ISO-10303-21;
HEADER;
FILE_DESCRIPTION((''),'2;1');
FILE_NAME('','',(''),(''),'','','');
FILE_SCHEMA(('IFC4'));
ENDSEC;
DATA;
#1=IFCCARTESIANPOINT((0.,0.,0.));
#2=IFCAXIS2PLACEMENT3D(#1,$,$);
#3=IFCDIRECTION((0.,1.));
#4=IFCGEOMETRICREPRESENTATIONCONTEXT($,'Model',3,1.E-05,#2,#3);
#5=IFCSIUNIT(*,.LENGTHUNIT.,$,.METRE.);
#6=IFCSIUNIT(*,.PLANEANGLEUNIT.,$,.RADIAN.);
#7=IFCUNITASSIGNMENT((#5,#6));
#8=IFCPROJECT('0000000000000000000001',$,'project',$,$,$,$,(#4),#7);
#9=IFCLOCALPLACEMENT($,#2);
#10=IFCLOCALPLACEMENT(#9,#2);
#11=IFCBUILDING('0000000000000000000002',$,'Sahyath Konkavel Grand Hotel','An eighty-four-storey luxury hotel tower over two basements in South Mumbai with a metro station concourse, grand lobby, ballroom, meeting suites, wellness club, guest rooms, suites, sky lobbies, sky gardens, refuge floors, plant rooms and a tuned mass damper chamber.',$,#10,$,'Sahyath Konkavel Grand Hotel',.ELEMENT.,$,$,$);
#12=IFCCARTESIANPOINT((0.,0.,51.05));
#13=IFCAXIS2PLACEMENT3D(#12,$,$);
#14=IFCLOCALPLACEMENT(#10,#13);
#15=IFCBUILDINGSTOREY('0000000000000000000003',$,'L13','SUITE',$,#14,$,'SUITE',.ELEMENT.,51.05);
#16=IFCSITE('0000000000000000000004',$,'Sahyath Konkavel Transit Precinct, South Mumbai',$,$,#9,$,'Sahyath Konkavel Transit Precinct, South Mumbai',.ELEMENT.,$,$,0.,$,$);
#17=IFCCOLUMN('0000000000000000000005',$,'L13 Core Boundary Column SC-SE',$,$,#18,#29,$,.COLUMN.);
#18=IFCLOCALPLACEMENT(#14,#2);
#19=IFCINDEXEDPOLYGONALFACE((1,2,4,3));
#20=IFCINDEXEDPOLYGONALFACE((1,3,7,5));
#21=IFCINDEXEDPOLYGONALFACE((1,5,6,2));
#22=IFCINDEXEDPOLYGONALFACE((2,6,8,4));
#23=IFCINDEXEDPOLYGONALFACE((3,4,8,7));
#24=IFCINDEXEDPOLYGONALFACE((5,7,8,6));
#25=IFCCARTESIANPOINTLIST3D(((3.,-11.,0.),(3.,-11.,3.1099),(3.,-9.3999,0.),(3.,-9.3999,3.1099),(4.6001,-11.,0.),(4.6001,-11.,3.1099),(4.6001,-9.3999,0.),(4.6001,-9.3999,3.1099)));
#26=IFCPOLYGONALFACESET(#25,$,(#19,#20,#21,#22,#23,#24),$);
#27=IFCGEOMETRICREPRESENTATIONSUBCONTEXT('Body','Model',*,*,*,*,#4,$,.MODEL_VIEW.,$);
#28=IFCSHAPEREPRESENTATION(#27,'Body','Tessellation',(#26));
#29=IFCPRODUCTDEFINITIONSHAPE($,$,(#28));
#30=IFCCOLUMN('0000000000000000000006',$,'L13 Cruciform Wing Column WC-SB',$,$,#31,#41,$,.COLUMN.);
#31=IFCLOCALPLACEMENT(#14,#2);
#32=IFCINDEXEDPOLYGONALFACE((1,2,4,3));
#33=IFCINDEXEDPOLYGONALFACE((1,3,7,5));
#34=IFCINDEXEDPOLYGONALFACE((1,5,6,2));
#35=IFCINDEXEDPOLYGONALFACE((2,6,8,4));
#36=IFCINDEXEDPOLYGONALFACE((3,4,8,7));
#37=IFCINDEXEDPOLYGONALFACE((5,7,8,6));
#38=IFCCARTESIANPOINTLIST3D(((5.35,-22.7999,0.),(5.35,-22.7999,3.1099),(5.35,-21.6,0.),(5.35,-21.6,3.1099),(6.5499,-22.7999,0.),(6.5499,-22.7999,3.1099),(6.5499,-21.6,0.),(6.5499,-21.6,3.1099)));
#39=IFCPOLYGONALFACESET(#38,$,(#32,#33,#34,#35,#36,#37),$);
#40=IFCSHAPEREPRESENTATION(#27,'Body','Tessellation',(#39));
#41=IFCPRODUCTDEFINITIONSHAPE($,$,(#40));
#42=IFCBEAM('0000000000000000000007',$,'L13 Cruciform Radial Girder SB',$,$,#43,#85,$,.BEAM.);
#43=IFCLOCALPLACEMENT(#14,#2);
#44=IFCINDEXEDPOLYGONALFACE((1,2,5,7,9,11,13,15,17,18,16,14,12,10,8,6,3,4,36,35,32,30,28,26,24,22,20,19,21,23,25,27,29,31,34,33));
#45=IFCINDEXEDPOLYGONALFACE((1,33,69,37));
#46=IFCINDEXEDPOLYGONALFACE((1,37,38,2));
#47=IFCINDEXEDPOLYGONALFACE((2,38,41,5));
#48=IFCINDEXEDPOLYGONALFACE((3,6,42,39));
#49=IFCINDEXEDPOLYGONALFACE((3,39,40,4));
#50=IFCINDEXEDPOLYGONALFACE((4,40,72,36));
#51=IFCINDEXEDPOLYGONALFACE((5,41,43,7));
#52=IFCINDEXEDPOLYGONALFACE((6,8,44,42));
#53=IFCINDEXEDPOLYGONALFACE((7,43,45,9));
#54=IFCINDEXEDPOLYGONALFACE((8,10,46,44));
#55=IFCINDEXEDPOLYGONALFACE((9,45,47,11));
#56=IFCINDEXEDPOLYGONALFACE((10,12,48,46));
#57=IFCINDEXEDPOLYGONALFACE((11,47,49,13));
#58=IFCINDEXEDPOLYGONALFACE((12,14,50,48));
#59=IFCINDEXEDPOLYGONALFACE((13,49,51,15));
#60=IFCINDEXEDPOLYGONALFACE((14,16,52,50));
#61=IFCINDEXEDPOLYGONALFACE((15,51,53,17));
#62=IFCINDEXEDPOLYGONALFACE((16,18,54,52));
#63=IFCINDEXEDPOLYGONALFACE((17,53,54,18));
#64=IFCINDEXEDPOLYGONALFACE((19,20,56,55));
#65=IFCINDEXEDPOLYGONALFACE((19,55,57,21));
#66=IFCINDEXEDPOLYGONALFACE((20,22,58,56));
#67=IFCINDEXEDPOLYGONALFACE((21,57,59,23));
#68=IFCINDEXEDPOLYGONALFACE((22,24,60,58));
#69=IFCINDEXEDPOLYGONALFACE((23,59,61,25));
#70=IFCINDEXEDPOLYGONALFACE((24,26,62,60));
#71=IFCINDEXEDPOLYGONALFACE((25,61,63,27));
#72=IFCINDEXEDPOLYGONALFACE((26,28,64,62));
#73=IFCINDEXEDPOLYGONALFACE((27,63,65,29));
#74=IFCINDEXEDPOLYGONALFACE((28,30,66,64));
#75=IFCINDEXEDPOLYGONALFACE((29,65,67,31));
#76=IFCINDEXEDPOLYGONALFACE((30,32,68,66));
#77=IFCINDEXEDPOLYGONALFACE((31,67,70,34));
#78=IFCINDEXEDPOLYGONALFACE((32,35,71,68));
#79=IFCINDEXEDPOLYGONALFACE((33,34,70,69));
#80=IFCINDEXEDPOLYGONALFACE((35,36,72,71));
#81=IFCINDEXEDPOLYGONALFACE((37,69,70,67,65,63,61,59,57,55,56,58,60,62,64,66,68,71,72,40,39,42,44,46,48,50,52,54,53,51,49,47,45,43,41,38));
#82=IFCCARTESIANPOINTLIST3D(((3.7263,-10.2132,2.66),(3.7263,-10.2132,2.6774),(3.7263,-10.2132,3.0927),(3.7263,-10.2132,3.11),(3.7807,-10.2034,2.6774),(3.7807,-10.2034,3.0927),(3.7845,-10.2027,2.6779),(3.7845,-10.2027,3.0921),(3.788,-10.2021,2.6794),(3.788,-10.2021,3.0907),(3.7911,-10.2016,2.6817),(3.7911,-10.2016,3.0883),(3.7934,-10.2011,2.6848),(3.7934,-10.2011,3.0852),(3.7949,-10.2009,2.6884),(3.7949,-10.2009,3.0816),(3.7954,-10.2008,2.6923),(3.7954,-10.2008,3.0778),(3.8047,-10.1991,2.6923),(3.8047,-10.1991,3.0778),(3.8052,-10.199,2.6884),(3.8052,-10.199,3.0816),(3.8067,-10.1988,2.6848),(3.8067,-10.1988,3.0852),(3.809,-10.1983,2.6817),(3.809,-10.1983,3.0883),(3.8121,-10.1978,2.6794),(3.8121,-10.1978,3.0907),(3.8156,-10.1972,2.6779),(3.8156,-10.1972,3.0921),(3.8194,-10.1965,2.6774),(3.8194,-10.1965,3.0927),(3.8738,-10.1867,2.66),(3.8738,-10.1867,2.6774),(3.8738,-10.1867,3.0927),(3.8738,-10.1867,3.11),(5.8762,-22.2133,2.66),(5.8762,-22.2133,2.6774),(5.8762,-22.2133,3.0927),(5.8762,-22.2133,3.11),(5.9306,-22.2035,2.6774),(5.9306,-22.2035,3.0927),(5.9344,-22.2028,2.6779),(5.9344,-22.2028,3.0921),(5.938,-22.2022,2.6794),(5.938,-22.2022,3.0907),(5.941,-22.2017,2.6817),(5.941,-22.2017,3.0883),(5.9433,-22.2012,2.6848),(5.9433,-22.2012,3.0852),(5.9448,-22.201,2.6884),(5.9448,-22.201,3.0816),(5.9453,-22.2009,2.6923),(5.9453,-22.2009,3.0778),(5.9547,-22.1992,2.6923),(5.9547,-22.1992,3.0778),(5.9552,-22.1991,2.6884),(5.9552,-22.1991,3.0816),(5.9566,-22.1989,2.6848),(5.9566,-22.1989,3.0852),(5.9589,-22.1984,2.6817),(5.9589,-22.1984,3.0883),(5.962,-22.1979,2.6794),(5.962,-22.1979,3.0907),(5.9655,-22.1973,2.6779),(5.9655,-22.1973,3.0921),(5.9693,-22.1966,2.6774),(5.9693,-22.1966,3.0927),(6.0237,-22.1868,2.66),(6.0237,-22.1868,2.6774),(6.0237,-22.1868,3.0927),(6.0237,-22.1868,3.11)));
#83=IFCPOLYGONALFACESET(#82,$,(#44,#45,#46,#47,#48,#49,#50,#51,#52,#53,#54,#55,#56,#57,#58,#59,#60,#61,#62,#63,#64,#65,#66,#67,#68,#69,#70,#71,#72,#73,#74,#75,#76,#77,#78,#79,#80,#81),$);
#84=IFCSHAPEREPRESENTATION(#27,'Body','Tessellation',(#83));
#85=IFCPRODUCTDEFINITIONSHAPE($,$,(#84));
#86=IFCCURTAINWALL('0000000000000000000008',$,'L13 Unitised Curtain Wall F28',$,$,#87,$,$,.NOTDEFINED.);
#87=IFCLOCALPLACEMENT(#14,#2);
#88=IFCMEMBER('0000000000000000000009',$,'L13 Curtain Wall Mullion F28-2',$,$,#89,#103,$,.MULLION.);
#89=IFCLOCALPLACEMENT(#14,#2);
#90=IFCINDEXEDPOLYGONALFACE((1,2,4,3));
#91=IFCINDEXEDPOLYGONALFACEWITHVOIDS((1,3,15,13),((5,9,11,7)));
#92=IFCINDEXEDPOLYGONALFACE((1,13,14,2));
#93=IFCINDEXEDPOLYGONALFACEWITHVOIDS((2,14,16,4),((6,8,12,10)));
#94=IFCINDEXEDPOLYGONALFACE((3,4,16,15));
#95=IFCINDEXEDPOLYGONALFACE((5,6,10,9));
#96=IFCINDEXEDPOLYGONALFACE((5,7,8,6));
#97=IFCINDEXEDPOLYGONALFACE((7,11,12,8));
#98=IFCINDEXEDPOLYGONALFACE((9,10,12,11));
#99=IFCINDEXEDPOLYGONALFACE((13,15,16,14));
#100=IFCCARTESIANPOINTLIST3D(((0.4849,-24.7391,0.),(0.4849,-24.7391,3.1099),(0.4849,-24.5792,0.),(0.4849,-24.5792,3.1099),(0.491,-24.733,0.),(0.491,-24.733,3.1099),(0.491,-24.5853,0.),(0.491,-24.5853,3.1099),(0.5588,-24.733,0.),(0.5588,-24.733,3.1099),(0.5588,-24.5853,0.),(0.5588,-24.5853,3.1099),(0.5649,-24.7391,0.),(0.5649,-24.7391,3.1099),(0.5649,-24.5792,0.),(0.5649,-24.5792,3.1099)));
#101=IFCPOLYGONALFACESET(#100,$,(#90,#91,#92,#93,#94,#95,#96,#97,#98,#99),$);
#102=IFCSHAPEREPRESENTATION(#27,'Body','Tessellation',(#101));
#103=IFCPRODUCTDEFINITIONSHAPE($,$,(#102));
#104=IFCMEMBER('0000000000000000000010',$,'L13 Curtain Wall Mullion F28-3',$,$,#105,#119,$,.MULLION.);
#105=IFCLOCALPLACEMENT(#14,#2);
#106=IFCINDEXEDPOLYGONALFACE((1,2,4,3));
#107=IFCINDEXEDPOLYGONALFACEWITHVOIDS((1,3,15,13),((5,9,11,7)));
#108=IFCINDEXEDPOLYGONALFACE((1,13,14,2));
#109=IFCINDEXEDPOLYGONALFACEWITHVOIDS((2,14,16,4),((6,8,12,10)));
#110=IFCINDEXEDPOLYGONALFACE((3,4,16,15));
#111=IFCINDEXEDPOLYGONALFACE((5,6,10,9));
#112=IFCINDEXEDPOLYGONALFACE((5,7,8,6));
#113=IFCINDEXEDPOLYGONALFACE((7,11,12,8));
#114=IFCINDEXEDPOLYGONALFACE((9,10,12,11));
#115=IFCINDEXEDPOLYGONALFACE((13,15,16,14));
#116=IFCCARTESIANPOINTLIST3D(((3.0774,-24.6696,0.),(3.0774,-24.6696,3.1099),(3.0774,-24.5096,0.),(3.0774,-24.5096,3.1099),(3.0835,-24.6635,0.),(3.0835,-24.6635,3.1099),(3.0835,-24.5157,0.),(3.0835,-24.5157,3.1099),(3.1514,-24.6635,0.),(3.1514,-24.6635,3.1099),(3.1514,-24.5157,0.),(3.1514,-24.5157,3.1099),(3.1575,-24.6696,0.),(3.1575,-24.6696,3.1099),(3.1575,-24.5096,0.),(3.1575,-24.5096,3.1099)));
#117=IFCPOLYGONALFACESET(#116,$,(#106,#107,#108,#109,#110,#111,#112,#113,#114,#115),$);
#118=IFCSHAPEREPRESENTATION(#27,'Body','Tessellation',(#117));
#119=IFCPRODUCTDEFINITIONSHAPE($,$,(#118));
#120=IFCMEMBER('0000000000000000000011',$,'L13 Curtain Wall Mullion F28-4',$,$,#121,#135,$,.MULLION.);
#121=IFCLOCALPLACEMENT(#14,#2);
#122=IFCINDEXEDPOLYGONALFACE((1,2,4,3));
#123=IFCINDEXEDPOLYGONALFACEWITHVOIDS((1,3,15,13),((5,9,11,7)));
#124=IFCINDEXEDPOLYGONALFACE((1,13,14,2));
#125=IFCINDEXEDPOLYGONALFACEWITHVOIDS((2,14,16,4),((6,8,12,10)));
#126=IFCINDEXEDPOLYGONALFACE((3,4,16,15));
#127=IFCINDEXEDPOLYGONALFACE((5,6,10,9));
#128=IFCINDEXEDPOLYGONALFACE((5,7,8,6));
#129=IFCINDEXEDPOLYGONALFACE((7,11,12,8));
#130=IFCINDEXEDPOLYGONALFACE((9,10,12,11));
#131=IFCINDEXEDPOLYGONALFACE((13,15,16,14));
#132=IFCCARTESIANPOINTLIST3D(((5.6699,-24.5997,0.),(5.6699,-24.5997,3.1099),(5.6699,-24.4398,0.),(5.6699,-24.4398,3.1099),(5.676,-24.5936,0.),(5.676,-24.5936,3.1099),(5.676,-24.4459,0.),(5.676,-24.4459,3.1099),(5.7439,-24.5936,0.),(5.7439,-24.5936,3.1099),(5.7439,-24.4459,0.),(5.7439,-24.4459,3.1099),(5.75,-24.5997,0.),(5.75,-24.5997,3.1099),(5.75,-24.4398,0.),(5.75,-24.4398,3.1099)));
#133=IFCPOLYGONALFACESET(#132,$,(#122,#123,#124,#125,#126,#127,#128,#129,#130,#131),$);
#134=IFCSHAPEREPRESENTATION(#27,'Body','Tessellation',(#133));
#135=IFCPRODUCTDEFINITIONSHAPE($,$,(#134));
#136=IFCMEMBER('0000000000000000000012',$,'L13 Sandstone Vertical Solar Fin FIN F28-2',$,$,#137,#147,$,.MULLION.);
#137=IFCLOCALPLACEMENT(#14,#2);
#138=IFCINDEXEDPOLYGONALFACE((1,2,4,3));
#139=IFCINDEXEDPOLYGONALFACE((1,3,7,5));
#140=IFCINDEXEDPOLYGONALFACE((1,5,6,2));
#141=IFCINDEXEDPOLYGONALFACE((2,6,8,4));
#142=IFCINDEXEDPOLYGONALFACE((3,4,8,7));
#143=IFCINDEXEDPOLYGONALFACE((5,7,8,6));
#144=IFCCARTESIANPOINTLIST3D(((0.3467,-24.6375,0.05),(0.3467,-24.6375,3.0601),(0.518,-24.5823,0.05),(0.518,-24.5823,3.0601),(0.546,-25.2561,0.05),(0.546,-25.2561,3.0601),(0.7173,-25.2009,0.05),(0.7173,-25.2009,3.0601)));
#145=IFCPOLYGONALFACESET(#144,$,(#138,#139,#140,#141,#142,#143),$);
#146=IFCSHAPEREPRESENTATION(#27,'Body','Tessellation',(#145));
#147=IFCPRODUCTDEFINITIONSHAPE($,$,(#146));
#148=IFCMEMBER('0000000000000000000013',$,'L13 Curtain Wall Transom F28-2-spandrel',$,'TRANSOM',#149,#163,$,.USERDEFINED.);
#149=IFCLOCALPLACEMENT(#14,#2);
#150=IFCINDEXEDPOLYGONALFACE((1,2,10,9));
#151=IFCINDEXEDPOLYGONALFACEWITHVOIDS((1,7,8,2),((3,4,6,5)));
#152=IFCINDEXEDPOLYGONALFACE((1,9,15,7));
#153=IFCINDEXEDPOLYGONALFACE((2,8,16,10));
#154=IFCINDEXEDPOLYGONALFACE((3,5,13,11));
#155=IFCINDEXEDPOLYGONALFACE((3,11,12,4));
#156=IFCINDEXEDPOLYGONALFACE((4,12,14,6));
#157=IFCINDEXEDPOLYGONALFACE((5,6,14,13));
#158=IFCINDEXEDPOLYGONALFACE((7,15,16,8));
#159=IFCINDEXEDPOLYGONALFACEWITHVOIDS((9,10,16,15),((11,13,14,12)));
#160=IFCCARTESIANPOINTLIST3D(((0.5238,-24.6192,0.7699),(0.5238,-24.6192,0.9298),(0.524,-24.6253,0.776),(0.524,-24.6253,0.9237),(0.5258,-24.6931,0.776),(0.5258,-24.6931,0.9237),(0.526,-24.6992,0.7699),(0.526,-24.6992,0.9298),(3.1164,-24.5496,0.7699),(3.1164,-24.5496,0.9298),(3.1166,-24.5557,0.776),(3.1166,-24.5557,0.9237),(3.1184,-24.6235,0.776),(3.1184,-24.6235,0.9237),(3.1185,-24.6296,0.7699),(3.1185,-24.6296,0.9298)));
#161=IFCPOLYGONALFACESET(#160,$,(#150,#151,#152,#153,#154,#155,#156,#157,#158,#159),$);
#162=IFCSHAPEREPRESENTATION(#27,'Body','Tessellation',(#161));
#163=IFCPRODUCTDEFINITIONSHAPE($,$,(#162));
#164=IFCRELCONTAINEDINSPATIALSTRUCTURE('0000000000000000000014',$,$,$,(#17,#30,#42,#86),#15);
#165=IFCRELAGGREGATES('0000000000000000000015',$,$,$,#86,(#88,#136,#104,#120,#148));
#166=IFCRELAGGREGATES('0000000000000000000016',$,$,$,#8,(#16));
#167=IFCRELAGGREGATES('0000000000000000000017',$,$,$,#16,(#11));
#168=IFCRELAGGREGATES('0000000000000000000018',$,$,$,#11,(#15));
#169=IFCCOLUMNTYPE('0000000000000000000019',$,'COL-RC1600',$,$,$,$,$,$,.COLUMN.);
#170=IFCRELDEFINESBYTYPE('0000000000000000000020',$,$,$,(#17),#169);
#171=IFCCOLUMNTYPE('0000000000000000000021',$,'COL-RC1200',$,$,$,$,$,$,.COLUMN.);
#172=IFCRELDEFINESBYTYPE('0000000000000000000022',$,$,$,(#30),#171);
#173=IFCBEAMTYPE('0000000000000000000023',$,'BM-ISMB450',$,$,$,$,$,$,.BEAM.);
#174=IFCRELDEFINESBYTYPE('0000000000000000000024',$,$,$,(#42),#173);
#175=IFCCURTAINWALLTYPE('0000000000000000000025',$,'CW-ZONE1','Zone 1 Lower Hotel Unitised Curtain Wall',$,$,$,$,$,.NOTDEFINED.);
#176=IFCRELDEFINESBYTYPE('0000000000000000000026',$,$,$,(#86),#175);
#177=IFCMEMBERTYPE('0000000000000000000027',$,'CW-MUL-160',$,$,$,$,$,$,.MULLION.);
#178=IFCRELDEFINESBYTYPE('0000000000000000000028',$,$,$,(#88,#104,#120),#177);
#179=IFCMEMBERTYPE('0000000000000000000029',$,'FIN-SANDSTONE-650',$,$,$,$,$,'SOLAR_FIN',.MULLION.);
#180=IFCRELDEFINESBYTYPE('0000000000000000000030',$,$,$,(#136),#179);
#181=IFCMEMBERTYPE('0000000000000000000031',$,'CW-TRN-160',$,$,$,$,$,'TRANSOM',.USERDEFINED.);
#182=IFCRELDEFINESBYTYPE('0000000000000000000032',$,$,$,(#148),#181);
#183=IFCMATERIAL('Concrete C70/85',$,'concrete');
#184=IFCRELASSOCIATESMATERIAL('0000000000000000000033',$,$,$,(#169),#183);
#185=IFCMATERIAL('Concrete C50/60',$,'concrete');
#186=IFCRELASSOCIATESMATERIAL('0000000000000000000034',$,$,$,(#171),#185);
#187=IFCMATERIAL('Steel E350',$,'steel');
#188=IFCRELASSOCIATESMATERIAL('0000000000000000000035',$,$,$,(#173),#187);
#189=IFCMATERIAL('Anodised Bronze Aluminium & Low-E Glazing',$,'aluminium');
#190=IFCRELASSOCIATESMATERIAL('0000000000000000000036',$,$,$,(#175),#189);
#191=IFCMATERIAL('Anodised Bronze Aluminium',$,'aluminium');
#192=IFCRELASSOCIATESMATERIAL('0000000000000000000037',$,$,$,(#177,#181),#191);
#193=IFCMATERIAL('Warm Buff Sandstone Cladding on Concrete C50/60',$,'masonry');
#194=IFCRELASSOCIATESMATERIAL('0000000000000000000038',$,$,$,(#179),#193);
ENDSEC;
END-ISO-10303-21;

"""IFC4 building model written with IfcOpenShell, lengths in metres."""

from ifc_helpers import new_model, si_unit, direction, frame, origin, origin_2d, place, context, subcontext, project, spatial, rectangle, hollow_rectangle, i_section, extrude, source, transform, mapped, material, material_profile, profile_set, type_object, element, aggregate, save


model = new_model("IFC4")

# Units and contexts
model_context = context("Model", 3, precision=1e-05, world=origin(), true_north=direction((0.0, 1.0)))
body_context = subcontext(model_context, "Body", "Model", "MODEL_VIEW")
ifc_project = project(units=[si_unit("LENGTHUNIT", "METRE"), si_unit("PLANEANGLEUNIT", "RADIAN")], contexts=[model_context])

# Site, building, storey
site_placement = place(None, origin())
site = spatial("IfcSite", under=ifc_project, at=site_placement, Name="Sahyath Konkavel Transit Precinct, South Mumbai", LongName="Sahyath Konkavel Transit Precinct, South Mumbai", CompositionType="ELEMENT", RefElevation=0.0)
building_placement = place(site_placement, origin())
building = spatial("IfcBuilding", under=site, at=building_placement, Name="Sahyath Konkavel Grand Hotel", Description="An eighty-four-storey luxury hotel tower over two basements in South Mumbai with a metro station concourse, grand lobby, ballroom, meeting suites, wellness club, guest rooms, suites, sky lobbies, sky gardens, refuge floors, plant rooms and a tuned mass damper chamber.", LongName="Sahyath Konkavel Grand Hotel", CompositionType="ELEMENT")
storey_placement = place(building_placement, frame((0.0, 0.0, 51.05)))
storey = spatial("IfcBuildingStorey", under=building, at=storey_placement, Name="L13", Description="SUITE", LongName="SUITE", CompositionType="ELEMENT", Elevation=51.05)

# Columns
ifc_material_1 = material(Name="Concrete C70/85", Category="concrete")
ifc_material_profile_1 = material_profile(ifc_material_1, rectangle(XDim=1.6001, YDim=1.6001, at=origin_2d()), Name="RC 1600x1600")
ifc_profile_set_1 = profile_set([ifc_material_profile_1], Name="Concrete C70/85")
column_type_1 = type_object("IfcColumnType", Name="COL-RC1600", PredefinedType="COLUMN", material=ifc_profile_set_1)
shared_shape_1 = source(origin(), body_context, "Body", "SweptSolid", [
    extrude(rectangle(XDim=1.6001, YDim=1.6001, at=origin_2d()), origin(), (0.0, 0.0, 1.0), 3.1099),
])
column_1_placement = place(storey_placement, frame((3.8, -10.2, 0.0), z_axis=(0.0, 0.0, 1.0), x_axis=(1.0, 0.0, 0.0)))
element("IfcColumn", 1, at=column_1_placement, inside=storey, type_object=column_type_1, Name="L13 Core Boundary Column SC-SE", PredefinedType="COLUMN", context=body_context, shape_type="MappedRepresentation", body=[
    mapped(shared_shape_1, transform((0.0, 0.0, 0.0), scale=1.0)),
])
ifc_material_2 = material(Name="Concrete C50/60", Category="concrete")
ifc_material_profile_2 = material_profile(ifc_material_2, rectangle(XDim=1.2, YDim=1.2, at=origin_2d()), Name="RC 1200x1200")
ifc_profile_set_2 = profile_set([ifc_material_profile_2], Name="Concrete C50/60")
column_type_2 = type_object("IfcColumnType", Name="COL-RC1200", PredefinedType="COLUMN", material=ifc_profile_set_2)
shared_shape_2 = source(origin(), body_context, "Body", "SweptSolid", [
    extrude(rectangle(XDim=1.2, YDim=1.2, at=origin_2d()), origin(), (0.0, 0.0, 1.0), 3.1099),
])
column_2_placement = place(storey_placement, frame((5.95, -22.2, 0.0), z_axis=(0.0, 0.0, 1.0), x_axis=(1.0, 0.0, 0.0)))
element("IfcColumn", 2, at=column_2_placement, inside=storey, type_object=column_type_2, Name="L13 Cruciform Wing Column WC-SB", PredefinedType="COLUMN", context=body_context, shape_type="MappedRepresentation", body=[
    mapped(shared_shape_2, transform((0.0, 0.0, 0.0), scale=1.0)),
])

# Beam
ifc_material_3 = material(Name="Steel E350", Category="steel")
ifc_material_profile_3 = material_profile(ifc_material_3, i_section(OverallWidth=0.1499, OverallDepth=0.45, WebThickness=0.0095, FlangeThickness=0.0173, FilletRadius=0.0149, at=origin_2d()), Name="ISMB 450")
ifc_profile_set_3 = profile_set([ifc_material_profile_3], Name="Steel E350")
beam_type_1 = type_object("IfcBeamType", Name="BM-ISMB450", PredefinedType="BEAM", material=ifc_profile_set_3)
shared_shape_3 = source(origin(), body_context, "Body", "SweptSolid", [
    extrude(i_section(OverallWidth=0.1499, OverallDepth=0.45, WebThickness=0.0095, FlangeThickness=0.0173, FilletRadius=0.0149, at=origin_2d()), origin(), (0.0, 0.0, 1.0), 12.1912),
])
beam_1_placement = place(storey_placement, frame((3.8, -10.2, 2.885), z_axis=(0.176351, -0.984327, 0.0), x_axis=(0.984327, 0.176351, 0.0)))
element("IfcBeam", 3, at=beam_1_placement, inside=storey, type_object=beam_type_1, Name="L13 Cruciform Radial Girder SB", PredefinedType="BEAM", context=body_context, shape_type="MappedRepresentation", body=[
    mapped(shared_shape_3, transform((0.0, 0.0, 0.0), scale=1.0)),
])

# Curtain wall, members
ifc_material_4 = material(Name="Anodised Bronze Aluminium & Low-E Glazing", Category="aluminium")
curtain_wall_type = type_object("IfcCurtainWallType", Name="CW-ZONE1", Description="Zone 1 Lower Hotel Unitised Curtain Wall", PredefinedType="NOTDEFINED", material=ifc_material_4)
curtain_wall_placement = place(storey_placement, origin())
curtain_wall = element("IfcCurtainWall", 4, at=curtain_wall_placement, inside=storey, type_object=curtain_wall_type, Name="L13 Unitised Curtain Wall F28", PredefinedType="NOTDEFINED")
ifc_material_5 = material(Name="Anodised Bronze Aluminium", Category="aluminium")
ifc_material_profile_4 = material_profile(ifc_material_5, hollow_rectangle(XDim=0.0801, YDim=0.1599, WallThickness=0.0061, at=origin_2d()), Name="RHS 160x80x6")
ifc_profile_set_4 = profile_set([ifc_material_profile_4], Name="Anodised Bronze Aluminium")
member_type_1 = type_object("IfcMemberType", Name="CW-MUL-160", PredefinedType="MULLION", material=ifc_profile_set_4)
shared_shape_4 = source(origin(), body_context, "Body", "SweptSolid", [
    extrude(hollow_rectangle(XDim=0.0801, YDim=0.1599, WallThickness=0.0061, at=origin_2d()), origin(), (0.0, 0.0, 1.0), 3.1099),
])
member_1_placement = place(storey_placement, frame((0.5249, -24.6592, 0.0), z_axis=(0.0, 0.0, 1.0), x_axis=(1.0, 0.0, 0.0)))
member_1 = element("IfcMember", 5, at=member_1_placement, type_object=member_type_1, Name="L13 Curtain Wall Mullion F28-2", PredefinedType="MULLION", context=body_context, shape_type="MappedRepresentation", body=[
    mapped(shared_shape_4, transform((0.0, 0.0, 0.0), scale=1.0)),
])
member_2_placement = place(storey_placement, frame((3.1174, -24.5896, 0.0), z_axis=(0.0, 0.0, 1.0), x_axis=(1.0, 0.0, 0.0)))
member_2 = element("IfcMember", 6, at=member_2_placement, type_object=member_type_1, Name="L13 Curtain Wall Mullion F28-3", PredefinedType="MULLION", context=body_context, shape_type="MappedRepresentation", body=[
    mapped(shared_shape_4, transform((0.0, 0.0, 0.0), scale=1.0)),
])
member_3_placement = place(storey_placement, frame((5.71, -24.5198, 0.0), z_axis=(0.0, 0.0, 1.0), x_axis=(1.0, 0.0, 0.0)))
member_3 = element("IfcMember", 7, at=member_3_placement, type_object=member_type_1, Name="L13 Curtain Wall Mullion F28-4", PredefinedType="MULLION", context=body_context, shape_type="MappedRepresentation", body=[
    mapped(shared_shape_4, transform((0.0, 0.0, 0.0), scale=1.0)),
])
ifc_material_6 = material(Name="Warm Buff Sandstone Cladding on Concrete C50/60", Category="masonry")
ifc_material_profile_5 = material_profile(ifc_material_6, rectangle(XDim=0.1799, YDim=0.6499, at=origin_2d()), Name="FIN 180x650")
ifc_profile_set_5 = profile_set([ifc_material_profile_5], Name="Warm Buff Sandstone Cladding on Concrete C50/60")
member_type_2 = type_object("IfcMemberType", Name="FIN-SANDSTONE-650", ElementType="SOLAR_FIN", PredefinedType="MULLION", material=ifc_profile_set_5)
shared_shape_5 = source(origin(), body_context, "Body", "SweptSolid", [
    extrude(rectangle(XDim=0.1799, YDim=0.6499, at=origin_2d()), origin(), (0.0, 0.0, 1.0), 3.01),
])
member_4_placement = place(storey_placement, frame((0.532, -24.9192, 0.05), z_axis=(0.0, 0.0, 1.0), x_axis=(0.951809, 0.306692, 0.0)))
member_4 = element("IfcMember", 8, at=member_4_placement, type_object=member_type_2, Name="L13 Sandstone Vertical Solar Fin FIN F28-2", PredefinedType="MULLION", context=body_context, shape_type="MappedRepresentation", body=[
    mapped(shared_shape_5, transform((0.0, 0.0, 0.0), scale=1.0)),
])
ifc_material_profile_6 = material_profile(ifc_material_5, hollow_rectangle(XDim=0.0801, YDim=0.1599, WallThickness=0.0061, at=origin_2d()), Name="RHS 160x80x6")
ifc_profile_set_6 = profile_set([ifc_material_profile_6], Name="Anodised Bronze Aluminium")
member_type_3 = type_object("IfcMemberType", Name="CW-TRN-160", ElementType="TRANSOM", PredefinedType="USERDEFINED", material=ifc_profile_set_6)
shared_shape_6 = source(origin(), body_context, "Body", "SweptSolid", [
    extrude(hollow_rectangle(XDim=0.0801, YDim=0.1599, WallThickness=0.0061, at=origin_2d()), origin(), (0.0, 0.0, 1.0), 2.5935),
])
member_5_placement = place(storey_placement, frame((0.5249, -24.6592, 0.8499), z_axis=(0.99964, 0.026829, 0.0), x_axis=(-0.026829, 0.99964, 0.0)))
member_5 = element("IfcMember", 9, at=member_5_placement, type_object=member_type_3, Name="L13 Curtain Wall Transom F28-2-spandrel", ObjectType="TRANSOM", PredefinedType="USERDEFINED", context=body_context, shape_type="MappedRepresentation", body=[
    mapped(shared_shape_6, transform((0.0, 0.0, 0.0), scale=1.0)),
])

aggregate(curtain_wall, [member_1, member_4, member_2, member_3, member_5])

save(model, "model.ifc")
